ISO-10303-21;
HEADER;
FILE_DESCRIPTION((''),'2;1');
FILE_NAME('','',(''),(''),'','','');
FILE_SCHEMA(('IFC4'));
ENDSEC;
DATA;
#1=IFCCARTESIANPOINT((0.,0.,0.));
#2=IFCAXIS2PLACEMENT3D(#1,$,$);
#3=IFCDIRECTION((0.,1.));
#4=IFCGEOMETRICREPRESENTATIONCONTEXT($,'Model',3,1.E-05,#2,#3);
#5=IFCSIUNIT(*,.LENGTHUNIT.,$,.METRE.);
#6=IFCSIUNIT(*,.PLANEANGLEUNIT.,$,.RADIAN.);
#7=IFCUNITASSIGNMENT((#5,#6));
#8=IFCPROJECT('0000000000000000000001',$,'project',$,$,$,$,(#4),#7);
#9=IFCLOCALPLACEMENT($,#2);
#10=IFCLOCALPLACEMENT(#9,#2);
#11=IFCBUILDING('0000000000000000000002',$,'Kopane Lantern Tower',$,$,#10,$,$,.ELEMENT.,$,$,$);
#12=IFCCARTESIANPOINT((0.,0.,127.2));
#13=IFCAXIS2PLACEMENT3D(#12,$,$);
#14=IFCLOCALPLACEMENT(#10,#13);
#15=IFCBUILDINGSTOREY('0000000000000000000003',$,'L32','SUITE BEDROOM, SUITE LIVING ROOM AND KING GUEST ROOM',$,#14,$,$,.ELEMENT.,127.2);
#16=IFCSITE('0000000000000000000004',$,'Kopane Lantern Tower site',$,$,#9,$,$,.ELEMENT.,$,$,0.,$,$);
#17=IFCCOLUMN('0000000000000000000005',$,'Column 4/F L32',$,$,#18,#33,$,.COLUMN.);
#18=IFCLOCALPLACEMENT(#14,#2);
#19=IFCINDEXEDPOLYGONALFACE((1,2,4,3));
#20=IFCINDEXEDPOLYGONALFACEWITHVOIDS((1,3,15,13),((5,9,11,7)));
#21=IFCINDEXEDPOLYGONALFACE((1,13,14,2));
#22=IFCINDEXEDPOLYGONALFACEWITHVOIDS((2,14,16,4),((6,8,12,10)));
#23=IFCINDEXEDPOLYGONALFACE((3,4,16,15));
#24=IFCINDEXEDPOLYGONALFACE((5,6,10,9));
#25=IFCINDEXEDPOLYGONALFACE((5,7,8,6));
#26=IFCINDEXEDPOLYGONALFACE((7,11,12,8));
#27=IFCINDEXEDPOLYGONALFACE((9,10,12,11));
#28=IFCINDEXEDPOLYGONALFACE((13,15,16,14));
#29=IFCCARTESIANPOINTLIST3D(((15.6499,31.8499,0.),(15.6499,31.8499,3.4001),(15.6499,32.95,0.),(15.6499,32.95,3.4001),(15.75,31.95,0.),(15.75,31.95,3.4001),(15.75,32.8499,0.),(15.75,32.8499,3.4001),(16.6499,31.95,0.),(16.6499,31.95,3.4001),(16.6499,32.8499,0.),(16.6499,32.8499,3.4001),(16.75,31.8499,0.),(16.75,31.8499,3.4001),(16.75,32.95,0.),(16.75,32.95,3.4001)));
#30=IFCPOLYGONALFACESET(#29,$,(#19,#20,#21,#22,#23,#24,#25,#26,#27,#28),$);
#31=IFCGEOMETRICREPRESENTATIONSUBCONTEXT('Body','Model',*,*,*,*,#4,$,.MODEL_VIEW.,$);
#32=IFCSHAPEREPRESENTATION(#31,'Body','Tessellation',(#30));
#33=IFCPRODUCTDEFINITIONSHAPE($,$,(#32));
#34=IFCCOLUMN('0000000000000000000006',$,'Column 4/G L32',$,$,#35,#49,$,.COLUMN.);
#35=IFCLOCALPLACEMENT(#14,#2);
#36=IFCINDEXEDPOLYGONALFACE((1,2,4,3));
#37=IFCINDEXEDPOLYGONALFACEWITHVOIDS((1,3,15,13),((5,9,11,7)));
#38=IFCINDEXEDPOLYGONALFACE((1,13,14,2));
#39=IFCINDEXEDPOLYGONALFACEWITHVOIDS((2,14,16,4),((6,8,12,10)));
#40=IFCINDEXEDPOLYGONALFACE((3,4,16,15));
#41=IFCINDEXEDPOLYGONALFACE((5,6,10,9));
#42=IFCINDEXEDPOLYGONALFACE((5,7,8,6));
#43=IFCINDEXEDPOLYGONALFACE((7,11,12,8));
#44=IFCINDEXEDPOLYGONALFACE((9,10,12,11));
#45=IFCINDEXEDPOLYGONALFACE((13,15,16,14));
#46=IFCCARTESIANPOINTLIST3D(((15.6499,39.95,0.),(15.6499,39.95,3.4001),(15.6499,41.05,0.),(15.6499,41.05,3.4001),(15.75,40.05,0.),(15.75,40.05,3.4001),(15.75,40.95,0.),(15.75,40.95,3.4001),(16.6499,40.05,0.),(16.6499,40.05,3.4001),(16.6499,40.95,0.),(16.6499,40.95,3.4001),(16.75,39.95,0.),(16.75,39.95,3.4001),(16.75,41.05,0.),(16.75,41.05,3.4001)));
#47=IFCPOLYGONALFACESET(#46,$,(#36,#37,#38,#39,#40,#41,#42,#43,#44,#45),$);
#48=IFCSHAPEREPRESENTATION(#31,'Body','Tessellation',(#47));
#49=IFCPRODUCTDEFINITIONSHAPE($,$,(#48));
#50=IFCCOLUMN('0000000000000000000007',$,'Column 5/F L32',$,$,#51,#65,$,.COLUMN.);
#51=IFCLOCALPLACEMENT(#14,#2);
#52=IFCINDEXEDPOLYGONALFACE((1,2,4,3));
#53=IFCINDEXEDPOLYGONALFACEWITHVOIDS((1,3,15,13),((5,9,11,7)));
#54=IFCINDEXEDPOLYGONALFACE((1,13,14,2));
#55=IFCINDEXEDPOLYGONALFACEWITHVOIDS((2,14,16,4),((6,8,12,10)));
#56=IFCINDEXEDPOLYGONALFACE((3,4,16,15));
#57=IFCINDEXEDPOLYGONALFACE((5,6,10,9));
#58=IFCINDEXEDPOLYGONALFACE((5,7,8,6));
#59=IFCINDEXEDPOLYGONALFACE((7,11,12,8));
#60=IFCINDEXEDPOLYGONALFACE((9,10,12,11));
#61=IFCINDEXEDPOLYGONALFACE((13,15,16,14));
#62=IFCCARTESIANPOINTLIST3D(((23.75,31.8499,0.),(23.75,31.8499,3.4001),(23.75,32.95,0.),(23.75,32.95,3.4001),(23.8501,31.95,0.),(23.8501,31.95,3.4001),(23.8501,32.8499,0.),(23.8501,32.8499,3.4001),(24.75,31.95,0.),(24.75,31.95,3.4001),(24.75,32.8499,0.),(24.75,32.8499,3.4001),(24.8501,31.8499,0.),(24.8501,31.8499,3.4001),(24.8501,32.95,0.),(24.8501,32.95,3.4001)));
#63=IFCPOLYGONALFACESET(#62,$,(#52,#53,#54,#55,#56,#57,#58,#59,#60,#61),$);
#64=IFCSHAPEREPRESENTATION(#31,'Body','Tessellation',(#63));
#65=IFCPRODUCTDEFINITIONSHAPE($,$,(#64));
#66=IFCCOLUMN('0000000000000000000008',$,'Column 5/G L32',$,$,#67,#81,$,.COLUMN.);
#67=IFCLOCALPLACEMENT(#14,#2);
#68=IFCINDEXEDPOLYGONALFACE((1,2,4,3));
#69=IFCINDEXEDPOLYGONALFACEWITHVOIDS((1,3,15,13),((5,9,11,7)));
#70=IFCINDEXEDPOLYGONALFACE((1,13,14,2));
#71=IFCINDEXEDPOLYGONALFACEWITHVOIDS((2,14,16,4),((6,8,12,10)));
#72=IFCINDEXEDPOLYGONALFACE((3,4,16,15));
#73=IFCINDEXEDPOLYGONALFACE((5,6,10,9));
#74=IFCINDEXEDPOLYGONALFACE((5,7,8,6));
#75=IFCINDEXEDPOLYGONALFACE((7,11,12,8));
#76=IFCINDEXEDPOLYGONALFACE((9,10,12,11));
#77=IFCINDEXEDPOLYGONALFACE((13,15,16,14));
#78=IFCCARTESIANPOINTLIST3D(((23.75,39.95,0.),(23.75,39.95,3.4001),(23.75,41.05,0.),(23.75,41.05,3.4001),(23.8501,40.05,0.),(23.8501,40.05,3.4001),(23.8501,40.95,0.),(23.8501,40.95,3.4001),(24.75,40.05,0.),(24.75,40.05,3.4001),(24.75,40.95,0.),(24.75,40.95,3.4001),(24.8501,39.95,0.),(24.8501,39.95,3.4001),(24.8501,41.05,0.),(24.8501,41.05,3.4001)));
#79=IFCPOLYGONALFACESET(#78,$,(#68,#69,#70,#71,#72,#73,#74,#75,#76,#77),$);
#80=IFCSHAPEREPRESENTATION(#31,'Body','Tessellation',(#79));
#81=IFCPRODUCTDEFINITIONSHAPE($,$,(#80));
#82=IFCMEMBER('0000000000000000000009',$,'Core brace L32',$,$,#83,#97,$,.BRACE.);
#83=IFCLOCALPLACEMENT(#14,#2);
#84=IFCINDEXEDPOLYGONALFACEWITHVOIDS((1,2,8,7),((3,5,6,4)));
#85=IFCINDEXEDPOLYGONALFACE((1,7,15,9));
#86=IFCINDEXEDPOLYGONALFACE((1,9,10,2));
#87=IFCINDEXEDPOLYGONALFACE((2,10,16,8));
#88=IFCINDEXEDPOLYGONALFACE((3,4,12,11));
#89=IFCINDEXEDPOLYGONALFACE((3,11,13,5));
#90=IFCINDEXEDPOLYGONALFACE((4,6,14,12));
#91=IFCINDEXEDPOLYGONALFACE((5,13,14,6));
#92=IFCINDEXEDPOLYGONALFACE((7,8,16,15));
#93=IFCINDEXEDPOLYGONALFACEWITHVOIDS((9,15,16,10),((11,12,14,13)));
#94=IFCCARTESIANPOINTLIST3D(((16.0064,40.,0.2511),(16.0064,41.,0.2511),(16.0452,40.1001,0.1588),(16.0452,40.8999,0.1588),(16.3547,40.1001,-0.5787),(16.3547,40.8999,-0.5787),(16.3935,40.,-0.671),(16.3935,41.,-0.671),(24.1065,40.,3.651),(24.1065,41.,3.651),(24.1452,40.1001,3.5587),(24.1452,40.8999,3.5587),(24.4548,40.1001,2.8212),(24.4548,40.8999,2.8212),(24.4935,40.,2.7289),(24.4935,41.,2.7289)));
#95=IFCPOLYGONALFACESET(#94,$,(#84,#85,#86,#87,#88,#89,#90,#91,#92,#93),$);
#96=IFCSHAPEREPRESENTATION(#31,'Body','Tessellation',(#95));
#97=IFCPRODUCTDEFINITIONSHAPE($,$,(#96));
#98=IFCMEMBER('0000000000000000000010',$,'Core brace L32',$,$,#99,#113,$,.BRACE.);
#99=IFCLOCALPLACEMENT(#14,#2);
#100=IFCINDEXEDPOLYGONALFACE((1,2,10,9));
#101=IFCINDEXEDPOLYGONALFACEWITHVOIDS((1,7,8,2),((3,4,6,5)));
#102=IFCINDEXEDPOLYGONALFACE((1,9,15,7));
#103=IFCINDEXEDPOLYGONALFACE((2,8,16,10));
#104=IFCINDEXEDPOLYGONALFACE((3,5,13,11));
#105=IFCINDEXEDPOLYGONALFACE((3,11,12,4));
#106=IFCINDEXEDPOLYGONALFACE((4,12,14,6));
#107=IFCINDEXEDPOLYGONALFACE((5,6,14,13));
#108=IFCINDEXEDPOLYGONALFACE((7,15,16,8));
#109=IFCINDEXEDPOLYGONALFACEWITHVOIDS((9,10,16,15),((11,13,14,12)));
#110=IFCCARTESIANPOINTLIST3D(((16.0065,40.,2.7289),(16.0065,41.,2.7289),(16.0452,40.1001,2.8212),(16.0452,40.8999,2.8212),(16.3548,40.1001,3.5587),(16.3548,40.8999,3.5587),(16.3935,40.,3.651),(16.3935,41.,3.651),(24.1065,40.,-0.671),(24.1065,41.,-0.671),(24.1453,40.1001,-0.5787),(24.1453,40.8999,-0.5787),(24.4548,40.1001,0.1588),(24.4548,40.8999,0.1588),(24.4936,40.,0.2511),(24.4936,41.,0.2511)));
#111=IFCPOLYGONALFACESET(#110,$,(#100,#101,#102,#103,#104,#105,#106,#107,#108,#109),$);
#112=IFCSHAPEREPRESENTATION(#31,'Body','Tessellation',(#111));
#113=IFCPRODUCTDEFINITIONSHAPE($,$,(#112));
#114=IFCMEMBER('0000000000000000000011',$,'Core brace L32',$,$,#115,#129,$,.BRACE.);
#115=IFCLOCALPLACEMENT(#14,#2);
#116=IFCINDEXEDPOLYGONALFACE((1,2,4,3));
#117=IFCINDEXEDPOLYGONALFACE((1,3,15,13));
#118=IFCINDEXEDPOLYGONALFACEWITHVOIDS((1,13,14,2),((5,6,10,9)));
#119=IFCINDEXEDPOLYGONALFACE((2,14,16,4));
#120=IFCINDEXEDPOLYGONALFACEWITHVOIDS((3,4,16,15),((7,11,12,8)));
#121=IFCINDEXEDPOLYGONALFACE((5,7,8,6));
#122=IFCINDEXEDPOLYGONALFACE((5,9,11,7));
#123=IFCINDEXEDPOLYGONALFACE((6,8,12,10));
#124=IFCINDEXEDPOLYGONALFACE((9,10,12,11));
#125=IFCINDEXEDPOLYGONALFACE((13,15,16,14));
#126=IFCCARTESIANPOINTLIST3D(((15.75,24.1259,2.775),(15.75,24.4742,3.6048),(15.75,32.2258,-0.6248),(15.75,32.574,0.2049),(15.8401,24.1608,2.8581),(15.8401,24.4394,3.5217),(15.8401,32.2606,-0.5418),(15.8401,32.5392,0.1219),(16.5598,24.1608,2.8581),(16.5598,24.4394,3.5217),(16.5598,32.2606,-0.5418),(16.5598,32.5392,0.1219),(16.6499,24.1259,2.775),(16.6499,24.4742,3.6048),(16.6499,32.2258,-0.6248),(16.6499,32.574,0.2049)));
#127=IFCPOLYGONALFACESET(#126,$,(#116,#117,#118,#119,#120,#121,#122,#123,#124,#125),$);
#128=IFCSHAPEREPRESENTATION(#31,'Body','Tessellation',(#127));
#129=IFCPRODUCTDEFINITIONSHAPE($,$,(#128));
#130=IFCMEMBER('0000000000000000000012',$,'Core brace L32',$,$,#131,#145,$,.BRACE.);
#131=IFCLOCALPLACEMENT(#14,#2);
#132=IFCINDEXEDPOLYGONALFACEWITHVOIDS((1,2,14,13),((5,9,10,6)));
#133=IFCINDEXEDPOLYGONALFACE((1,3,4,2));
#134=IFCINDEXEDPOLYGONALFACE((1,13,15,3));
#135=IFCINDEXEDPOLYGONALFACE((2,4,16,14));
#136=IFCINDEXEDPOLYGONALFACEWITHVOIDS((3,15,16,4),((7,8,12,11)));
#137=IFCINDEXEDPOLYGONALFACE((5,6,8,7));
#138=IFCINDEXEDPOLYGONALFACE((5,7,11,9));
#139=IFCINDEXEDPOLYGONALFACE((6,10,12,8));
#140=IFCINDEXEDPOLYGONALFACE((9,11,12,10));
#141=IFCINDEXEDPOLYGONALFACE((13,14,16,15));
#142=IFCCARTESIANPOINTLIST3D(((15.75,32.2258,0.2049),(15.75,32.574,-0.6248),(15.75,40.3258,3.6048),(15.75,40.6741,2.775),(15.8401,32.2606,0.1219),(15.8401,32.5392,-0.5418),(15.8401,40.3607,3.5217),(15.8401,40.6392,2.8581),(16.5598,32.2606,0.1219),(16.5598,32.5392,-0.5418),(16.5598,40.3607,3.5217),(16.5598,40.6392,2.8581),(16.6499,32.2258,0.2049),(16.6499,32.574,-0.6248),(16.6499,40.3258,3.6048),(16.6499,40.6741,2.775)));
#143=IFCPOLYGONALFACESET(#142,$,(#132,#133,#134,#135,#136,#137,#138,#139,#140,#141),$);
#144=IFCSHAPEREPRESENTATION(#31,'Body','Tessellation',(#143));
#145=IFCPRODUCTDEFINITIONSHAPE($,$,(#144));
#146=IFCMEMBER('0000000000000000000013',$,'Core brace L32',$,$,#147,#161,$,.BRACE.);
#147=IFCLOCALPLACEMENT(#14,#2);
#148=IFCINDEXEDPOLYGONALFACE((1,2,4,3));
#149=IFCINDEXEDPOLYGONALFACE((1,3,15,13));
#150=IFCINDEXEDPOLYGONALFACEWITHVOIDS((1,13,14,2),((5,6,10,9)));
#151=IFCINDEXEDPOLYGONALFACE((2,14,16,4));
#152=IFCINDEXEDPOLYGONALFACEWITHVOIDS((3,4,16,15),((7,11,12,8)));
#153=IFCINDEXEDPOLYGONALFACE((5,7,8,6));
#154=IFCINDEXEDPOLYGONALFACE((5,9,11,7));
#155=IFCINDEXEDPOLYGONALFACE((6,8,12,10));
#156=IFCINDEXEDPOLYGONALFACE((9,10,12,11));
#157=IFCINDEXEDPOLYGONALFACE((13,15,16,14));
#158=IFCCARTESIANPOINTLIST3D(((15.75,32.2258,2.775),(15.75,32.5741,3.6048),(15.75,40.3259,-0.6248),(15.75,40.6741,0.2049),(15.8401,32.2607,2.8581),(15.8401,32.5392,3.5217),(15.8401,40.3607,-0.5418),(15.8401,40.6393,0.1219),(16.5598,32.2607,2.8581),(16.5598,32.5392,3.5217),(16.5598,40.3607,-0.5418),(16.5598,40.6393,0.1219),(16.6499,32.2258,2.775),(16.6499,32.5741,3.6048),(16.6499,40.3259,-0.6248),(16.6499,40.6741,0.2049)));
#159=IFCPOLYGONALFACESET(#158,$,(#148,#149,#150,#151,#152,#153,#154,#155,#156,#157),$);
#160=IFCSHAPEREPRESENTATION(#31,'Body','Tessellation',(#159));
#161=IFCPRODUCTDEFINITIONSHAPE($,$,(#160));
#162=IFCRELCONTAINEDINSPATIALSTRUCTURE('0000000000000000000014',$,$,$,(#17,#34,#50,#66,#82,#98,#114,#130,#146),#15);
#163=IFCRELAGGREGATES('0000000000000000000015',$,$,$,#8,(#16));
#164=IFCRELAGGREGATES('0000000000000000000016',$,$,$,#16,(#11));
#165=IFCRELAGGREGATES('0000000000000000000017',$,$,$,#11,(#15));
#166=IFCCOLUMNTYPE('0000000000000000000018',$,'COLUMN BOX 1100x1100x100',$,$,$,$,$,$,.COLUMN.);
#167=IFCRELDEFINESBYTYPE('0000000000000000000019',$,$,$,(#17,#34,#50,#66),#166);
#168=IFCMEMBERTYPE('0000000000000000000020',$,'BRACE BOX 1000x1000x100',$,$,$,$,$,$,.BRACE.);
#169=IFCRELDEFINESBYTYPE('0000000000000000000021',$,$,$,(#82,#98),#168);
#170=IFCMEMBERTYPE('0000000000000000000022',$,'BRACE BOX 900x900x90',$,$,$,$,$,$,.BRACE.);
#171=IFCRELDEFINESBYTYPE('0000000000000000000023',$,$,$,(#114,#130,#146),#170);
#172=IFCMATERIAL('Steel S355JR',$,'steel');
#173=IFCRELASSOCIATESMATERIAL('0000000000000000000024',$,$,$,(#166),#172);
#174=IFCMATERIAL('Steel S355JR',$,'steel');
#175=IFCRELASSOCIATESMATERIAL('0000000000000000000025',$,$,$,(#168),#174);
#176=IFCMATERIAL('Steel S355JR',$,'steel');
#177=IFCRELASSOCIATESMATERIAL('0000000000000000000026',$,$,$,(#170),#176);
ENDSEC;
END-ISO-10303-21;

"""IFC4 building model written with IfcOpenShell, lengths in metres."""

from ifc_helpers import new_model, si_unit, direction, frame, origin, origin_2d, place, context, subcontext, project, spatial, hollow_rectangle, extrude, material, material_profile, profile_set, type_object, element, save


model = new_model("IFC4")

# Units and contexts
model_context = context("Model", 3, precision=1e-05, world=origin(), true_north=direction((0.0, 1.0)))
body_context = subcontext(model_context, "Body", "Model", "MODEL_VIEW")
ifc_project = project(units=[si_unit("LENGTHUNIT", "METRE"), si_unit("PLANEANGLEUNIT", "RADIAN")], contexts=[model_context])

# Site, building, storey
site_placement = place(None, origin())
site = spatial("IfcSite", under=ifc_project, at=site_placement, Name="Kopane Lantern Tower site", CompositionType="ELEMENT", RefElevation=0.0)
building_placement = place(site_placement, origin())
building = spatial("IfcBuilding", under=site, at=building_placement, Name="Kopane Lantern Tower", CompositionType="ELEMENT")
storey_placement = place(building_placement, frame((0.0, 0.0, 127.2)))
storey = spatial("IfcBuildingStorey", under=building, at=storey_placement, Name="L32", Description="SUITE BEDROOM, SUITE LIVING ROOM AND KING GUEST ROOM", CompositionType="ELEMENT", Elevation=127.2)

# Columns
ifc_material_1 = material(Name="Steel S355JR", Category="steel")
ifc_material_profile_1 = material_profile(ifc_material_1, hollow_rectangle(XDim=1.1001, YDim=1.1001, WallThickness=0.1001, at=origin_2d()), Name="BOX 1100x1100x100")
ifc_profile_set_1 = profile_set([ifc_material_profile_1], Name="Steel S355JR")
column_type = type_object("IfcColumnType", Name="COLUMN BOX 1100x1100x100", PredefinedType="COLUMN", material=ifc_profile_set_1)
for number, where, z_axis, x_axis, name in (
    (1, (16.2, 32.3999, 0.0), (0.0, 0.0, 1.0), (1.0, 0.0, 0.0), "Column 4/F L32"),
    (2, (16.2, 40.5, 0.0), (0.0, 0.0, 1.0), (1.0, 0.0, 0.0), "Column 4/G L32"),
    (3, (24.3, 32.3999, 0.0), (0.0, 0.0, 1.0), (1.0, 0.0, 0.0), "Column 5/F L32"),
    (4, (24.3, 40.5, 0.0), (0.0, 0.0, 1.0), (1.0, 0.0, 0.0), "Column 5/G L32"),
):
    element("IfcColumn", number, at=place(storey_placement, frame(where, z_axis=z_axis, x_axis=x_axis)), inside=storey, type_object=column_type, Name=name, PredefinedType="COLUMN", context=body_context, shape_type="SweptSolid", body=[
        extrude(hollow_rectangle(XDim=1.1001, YDim=1.1001, WallThickness=0.1001, at=origin_2d()), origin(), (0.0, 0.0, 1.0), 3.4001),
    ])

# Members
ifc_material_2 = material(Name="Steel S355JR", Category="steel")
ifc_material_profile_2 = material_profile(ifc_material_2, hollow_rectangle(XDim=1.0, YDim=1.0, WallThickness=0.1001, at=origin_2d()), Name="BOX 1000x1000x100")
ifc_profile_set_2 = profile_set([ifc_material_profile_2], Name="Steel S355JR")
member_type_1 = type_object("IfcMemberType", Name="BRACE BOX 1000x1000x100", PredefinedType="BRACE", material=ifc_profile_set_2)
for number, where, z_axis, x_axis, name in (
    (5, (16.2, 40.5, -0.21), (0.922069, 0.0, 0.387026), (0.0, 1.0, 0.0), "Core brace L32"),
    (6, (24.3, 40.5, -0.21), (-0.922069, 0.0, 0.387026), (0.0, -1.0, 0.0), "Core brace L32"),
):
    element("IfcMember", number, at=place(storey_placement, frame(where, z_axis=z_axis, x_axis=x_axis)), inside=storey, type_object=member_type_1, Name=name, PredefinedType="BRACE", context=body_context, shape_type="SweptSolid", body=[
        extrude(hollow_rectangle(XDim=1.0, YDim=1.0, WallThickness=0.1001, at=origin_2d()), origin(), (0.0, 0.0, 1.0), 8.7847),
    ])
ifc_material_3 = material(Name="Steel S355JR", Category="steel")
ifc_material_profile_3 = material_profile(ifc_material_3, hollow_rectangle(XDim=0.8999, YDim=0.8999, WallThickness=0.0901, at=origin_2d()), Name="BOX 900x900x90")
ifc_profile_set_3 = profile_set([ifc_material_profile_3], Name="Steel S355JR")
member_type_2 = type_object("IfcMemberType", Name="BRACE BOX 900x900x90", PredefinedType="BRACE", material=ifc_profile_set_3)
member_placement = place(storey_placement, frame((16.2, 32.3999, -0.21), z_axis=(0.0, -0.922065, 0.387035), x_axis=(1.0, 0.0, 0.0)))
element("IfcMember", 7, at=member_placement, inside=storey, type_object=member_type_2, Name="Core brace L32", PredefinedType="BRACE", context=body_context, shape_type="SweptSolid", body=[
    extrude(hollow_rectangle(XDim=0.8999, YDim=0.8999, WallThickness=0.0901, at=origin_2d()), origin(), (0.0, 0.0, 1.0), 8.7844),
])
for number, where, z_axis, x_axis, name in (
    (8, (16.2, 32.3999, -0.21), (0.0, 0.922069, 0.387026), (-1.0, 0.0, 0.0), "Core brace L32"),
    (9, (16.2, 40.5, -0.21), (0.0, -0.922069, 0.387026), (1.0, 0.0, 0.0), "Core brace L32"),
):
    element("IfcMember", number, at=place(storey_placement, frame(where, z_axis=z_axis, x_axis=x_axis)), inside=storey, type_object=member_type_2, Name=name, PredefinedType="BRACE", context=body_context, shape_type="SweptSolid", body=[
        extrude(hollow_rectangle(XDim=0.8999, YDim=0.8999, WallThickness=0.0901, at=origin_2d()), origin(), (0.0, 0.0, 1.0), 8.7847),
    ])

save(model, "model.ifc")
